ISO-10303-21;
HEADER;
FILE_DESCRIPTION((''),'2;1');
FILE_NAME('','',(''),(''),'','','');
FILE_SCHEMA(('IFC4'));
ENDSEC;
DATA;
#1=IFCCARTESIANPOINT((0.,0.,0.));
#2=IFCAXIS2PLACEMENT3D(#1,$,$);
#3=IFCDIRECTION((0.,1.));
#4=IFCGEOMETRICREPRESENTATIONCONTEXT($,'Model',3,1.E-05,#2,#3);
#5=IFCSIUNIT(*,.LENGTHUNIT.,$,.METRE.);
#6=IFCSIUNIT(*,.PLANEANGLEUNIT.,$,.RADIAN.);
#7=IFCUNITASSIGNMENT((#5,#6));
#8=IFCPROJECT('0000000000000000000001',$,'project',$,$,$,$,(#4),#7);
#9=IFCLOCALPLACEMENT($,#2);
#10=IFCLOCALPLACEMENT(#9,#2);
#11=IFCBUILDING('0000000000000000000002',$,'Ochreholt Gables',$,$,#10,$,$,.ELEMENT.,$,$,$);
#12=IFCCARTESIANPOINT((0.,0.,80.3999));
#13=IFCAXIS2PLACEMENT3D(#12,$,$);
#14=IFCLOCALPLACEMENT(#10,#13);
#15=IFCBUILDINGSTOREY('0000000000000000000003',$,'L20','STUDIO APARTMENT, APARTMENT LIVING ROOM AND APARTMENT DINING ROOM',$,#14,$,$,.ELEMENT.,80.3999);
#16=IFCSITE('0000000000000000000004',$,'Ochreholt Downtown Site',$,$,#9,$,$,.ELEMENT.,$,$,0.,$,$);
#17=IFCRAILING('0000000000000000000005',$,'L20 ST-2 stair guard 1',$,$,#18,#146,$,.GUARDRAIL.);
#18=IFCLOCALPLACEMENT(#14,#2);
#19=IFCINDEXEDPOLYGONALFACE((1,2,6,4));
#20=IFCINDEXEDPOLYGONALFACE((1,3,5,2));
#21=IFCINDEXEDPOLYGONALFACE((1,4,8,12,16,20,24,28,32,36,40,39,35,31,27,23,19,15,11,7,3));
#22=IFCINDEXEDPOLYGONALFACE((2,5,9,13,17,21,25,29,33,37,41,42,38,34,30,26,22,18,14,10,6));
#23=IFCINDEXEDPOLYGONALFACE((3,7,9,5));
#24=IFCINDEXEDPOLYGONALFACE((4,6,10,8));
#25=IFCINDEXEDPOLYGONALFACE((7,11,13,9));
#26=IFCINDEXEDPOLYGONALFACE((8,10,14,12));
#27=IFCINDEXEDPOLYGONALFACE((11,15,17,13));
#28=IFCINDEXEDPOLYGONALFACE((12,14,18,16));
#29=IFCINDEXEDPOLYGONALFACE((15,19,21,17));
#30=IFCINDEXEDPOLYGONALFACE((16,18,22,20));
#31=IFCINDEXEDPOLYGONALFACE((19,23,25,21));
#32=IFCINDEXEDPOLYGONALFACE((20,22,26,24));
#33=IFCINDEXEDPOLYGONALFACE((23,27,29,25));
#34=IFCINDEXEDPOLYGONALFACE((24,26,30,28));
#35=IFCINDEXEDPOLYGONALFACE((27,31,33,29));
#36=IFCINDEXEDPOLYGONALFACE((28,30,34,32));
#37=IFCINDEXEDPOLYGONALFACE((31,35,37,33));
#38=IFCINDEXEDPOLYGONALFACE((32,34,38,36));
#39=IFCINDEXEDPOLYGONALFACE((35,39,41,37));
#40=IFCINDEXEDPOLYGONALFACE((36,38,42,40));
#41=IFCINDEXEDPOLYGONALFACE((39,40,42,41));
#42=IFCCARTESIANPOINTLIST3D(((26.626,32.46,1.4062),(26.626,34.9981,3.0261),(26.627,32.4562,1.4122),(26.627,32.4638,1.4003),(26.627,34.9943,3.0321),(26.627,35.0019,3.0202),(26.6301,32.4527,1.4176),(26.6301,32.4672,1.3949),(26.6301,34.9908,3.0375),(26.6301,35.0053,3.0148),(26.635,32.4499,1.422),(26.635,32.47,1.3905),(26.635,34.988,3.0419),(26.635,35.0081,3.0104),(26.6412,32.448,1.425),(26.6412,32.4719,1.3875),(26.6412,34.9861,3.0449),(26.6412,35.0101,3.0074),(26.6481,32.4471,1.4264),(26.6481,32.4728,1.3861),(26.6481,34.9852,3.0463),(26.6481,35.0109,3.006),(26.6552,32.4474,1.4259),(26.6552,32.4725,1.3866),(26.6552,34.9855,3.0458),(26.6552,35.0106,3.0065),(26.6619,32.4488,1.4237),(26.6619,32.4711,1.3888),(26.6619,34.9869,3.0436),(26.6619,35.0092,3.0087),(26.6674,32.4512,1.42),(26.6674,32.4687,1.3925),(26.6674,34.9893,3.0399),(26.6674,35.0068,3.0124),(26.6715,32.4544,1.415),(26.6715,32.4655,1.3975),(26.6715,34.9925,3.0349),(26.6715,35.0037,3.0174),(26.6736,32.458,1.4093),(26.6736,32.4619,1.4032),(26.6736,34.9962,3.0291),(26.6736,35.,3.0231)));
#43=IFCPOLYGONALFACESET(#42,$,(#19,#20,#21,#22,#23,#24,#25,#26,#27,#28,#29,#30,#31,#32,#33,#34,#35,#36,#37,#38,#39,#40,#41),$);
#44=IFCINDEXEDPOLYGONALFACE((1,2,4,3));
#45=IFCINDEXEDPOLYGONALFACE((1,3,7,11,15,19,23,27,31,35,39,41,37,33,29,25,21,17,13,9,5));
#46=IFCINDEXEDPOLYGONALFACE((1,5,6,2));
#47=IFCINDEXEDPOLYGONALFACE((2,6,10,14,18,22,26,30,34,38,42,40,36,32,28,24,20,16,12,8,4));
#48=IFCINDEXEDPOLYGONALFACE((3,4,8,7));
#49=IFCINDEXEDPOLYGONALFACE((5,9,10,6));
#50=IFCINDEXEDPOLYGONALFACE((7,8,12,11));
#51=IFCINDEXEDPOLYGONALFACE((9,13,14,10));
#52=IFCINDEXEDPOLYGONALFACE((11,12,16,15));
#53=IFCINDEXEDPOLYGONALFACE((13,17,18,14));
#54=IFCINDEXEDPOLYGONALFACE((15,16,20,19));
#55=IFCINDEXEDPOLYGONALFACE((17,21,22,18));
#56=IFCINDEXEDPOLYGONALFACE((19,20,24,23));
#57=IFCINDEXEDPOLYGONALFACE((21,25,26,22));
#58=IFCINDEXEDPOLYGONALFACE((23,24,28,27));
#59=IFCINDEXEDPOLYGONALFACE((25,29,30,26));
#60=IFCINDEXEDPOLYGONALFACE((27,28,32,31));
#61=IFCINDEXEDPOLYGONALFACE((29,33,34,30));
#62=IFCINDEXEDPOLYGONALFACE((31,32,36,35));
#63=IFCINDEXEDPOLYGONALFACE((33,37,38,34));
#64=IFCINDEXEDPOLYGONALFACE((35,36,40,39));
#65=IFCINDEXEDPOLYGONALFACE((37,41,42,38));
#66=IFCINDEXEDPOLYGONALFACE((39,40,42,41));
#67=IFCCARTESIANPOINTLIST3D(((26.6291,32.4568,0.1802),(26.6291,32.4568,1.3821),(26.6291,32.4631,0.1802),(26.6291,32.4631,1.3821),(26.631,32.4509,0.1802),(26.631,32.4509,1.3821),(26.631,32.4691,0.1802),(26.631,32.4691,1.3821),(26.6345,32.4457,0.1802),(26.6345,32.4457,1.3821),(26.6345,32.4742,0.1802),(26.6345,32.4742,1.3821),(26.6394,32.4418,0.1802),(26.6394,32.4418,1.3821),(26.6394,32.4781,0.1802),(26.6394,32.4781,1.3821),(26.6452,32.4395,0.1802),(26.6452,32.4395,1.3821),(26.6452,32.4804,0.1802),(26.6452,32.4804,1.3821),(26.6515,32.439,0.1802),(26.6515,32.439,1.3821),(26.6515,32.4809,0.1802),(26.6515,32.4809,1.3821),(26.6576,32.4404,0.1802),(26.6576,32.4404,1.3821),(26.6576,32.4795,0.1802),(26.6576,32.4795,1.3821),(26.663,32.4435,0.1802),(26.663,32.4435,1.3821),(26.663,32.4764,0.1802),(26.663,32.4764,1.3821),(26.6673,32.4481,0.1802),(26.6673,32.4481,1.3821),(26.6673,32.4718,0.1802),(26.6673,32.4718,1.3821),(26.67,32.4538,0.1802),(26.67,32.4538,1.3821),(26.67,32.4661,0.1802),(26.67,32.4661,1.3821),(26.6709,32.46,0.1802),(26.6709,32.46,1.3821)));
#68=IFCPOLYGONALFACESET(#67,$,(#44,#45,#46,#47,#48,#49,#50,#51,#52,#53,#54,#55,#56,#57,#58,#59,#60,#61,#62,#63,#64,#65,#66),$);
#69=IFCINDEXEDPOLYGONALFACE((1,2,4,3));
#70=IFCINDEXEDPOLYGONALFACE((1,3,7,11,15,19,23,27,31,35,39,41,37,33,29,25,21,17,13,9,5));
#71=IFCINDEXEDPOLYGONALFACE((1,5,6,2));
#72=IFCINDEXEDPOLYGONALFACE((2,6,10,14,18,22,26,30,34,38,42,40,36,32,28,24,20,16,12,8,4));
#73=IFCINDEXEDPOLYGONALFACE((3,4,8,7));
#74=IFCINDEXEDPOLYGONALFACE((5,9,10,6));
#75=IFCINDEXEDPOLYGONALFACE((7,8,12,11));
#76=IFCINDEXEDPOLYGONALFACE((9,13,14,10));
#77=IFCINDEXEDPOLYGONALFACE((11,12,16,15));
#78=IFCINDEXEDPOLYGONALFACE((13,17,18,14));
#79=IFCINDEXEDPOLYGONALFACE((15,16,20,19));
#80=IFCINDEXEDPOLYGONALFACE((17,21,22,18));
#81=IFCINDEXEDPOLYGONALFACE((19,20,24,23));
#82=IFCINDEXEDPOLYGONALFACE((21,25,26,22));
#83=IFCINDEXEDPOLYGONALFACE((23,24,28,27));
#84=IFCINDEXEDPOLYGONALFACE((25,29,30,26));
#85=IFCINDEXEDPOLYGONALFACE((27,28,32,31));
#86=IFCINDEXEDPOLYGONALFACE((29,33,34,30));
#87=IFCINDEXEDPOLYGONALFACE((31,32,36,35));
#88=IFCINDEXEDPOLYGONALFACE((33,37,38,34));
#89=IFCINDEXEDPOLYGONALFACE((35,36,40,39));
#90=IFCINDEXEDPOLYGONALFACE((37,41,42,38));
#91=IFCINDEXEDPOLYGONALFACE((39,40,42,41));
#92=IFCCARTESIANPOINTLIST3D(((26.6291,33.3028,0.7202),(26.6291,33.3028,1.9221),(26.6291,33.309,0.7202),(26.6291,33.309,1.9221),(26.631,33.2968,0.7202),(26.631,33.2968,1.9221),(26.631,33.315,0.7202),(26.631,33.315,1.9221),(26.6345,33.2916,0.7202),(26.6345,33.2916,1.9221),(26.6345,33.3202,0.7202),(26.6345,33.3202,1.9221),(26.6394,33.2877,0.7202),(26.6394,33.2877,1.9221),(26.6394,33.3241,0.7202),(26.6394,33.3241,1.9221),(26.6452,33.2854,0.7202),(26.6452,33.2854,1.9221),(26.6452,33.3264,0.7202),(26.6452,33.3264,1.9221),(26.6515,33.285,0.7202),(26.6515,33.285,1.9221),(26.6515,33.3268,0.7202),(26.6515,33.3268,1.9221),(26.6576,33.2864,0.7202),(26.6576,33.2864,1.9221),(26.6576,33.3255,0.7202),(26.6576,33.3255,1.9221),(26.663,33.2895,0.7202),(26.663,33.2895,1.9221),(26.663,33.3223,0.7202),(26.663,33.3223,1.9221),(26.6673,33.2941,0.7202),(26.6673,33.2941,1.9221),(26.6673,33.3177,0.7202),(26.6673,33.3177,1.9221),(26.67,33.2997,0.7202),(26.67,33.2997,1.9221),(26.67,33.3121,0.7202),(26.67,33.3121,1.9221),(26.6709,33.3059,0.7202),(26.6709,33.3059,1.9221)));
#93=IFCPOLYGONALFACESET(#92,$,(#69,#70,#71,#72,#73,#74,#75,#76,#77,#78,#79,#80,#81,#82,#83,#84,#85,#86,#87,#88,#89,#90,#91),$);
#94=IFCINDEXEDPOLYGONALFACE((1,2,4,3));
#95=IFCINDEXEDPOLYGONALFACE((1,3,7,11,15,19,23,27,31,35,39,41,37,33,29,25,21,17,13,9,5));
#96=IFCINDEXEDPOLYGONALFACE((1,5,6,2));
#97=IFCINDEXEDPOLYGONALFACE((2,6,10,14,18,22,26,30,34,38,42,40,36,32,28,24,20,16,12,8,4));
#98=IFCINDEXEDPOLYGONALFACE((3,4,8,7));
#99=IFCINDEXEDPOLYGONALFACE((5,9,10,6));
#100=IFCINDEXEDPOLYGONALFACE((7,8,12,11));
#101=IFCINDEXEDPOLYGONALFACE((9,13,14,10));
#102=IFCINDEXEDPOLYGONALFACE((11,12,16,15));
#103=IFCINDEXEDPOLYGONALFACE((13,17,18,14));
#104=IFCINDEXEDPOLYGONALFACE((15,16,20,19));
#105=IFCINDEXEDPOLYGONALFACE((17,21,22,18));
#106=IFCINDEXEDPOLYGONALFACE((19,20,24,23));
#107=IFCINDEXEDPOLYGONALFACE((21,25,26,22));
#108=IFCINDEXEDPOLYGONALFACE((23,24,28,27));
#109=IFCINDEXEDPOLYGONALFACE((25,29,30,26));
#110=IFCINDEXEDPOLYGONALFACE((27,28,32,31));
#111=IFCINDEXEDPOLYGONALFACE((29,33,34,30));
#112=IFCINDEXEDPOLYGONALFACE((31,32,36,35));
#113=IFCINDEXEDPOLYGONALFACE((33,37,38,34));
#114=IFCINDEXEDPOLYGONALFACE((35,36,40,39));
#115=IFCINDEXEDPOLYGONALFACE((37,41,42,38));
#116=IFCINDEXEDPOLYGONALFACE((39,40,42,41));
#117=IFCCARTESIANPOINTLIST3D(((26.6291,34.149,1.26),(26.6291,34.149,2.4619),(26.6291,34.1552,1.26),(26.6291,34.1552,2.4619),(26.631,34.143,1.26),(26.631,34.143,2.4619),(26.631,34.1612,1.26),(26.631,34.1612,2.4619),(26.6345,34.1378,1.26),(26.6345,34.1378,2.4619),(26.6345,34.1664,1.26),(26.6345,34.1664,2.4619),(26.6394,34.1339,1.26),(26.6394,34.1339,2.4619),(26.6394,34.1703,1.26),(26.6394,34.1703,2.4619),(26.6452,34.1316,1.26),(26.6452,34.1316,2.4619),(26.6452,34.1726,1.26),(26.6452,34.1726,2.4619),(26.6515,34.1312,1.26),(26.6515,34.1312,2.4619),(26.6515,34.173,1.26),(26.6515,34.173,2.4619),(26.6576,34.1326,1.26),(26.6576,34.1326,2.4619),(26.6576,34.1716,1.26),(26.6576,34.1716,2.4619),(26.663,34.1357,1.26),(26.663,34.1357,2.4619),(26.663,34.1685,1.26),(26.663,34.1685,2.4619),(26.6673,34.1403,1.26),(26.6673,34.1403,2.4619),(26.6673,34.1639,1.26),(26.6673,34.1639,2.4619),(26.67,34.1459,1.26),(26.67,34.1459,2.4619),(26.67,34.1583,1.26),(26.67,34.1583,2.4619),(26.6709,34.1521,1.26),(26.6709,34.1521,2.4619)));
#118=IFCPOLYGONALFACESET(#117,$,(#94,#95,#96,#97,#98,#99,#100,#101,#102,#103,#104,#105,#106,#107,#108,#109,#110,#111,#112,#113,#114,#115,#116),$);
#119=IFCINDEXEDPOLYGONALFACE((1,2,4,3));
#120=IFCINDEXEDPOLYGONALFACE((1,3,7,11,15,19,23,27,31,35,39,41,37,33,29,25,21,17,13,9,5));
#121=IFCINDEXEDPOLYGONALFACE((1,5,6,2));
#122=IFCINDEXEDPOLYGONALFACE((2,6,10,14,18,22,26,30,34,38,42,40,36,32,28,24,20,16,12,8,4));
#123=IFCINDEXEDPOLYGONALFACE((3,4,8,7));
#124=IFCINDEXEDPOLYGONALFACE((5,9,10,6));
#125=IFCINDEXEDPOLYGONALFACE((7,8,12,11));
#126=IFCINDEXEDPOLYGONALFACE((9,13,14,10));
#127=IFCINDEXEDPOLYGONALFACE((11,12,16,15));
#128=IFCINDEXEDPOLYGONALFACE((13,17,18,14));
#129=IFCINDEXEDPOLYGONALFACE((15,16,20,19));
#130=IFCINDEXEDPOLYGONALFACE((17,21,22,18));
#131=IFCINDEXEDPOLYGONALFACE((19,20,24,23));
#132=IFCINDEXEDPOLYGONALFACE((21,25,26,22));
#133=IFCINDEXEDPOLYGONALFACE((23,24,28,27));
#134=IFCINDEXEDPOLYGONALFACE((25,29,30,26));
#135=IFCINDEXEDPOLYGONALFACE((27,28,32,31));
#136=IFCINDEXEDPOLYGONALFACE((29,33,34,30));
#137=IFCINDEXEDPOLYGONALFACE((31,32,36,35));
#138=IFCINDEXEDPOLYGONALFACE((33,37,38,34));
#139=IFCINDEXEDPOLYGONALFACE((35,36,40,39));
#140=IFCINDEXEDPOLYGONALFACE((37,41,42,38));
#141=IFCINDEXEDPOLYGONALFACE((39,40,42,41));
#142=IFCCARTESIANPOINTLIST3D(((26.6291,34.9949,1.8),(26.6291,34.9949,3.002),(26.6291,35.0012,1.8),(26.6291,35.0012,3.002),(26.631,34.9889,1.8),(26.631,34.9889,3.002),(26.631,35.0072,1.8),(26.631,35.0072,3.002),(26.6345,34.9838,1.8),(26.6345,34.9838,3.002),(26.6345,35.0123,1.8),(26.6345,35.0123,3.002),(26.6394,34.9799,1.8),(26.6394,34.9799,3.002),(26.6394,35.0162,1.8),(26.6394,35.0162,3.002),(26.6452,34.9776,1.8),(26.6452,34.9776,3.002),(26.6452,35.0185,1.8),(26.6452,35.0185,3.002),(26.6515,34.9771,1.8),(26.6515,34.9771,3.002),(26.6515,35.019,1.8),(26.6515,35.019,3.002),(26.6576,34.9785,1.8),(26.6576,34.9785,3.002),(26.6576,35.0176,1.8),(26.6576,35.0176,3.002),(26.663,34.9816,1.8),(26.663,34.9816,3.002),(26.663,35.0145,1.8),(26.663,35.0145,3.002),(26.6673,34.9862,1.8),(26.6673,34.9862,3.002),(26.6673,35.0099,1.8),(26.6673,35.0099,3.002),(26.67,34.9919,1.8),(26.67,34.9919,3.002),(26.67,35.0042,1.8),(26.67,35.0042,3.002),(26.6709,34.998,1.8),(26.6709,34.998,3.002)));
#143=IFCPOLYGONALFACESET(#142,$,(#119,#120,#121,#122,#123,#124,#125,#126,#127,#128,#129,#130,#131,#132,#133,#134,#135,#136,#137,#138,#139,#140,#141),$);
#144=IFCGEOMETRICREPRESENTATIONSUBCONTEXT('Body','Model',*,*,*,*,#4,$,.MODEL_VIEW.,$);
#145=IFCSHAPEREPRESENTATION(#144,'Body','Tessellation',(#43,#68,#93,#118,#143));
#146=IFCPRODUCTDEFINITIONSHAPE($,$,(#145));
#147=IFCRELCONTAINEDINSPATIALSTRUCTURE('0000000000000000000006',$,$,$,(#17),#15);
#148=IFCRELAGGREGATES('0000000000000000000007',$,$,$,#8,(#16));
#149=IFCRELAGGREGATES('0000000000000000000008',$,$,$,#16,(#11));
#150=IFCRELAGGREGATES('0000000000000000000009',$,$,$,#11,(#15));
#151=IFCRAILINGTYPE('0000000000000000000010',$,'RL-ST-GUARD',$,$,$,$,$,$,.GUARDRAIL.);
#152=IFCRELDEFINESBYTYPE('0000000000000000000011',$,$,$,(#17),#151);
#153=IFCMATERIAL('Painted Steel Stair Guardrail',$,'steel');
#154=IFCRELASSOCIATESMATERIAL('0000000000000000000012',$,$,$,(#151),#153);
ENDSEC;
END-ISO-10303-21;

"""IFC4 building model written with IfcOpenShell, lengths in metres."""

from ifc_helpers import new_model, si_unit, direction, frame, origin, origin_2d, place, context, subcontext, project, spatial, circle, extrude, material, type_object, element, save


model = new_model("IFC4")

# Units and contexts
model_context = context("Model", 3, precision=1e-05, world=origin(), true_north=direction((0.0, 1.0)))
body_context = subcontext(model_context, "Body", "Model", "MODEL_VIEW")
ifc_project = project(units=[si_unit("LENGTHUNIT", "METRE"), si_unit("PLANEANGLEUNIT", "RADIAN")], contexts=[model_context])

# Site, building, storey
site_placement = place(None, origin())
site = spatial("IfcSite", under=ifc_project, at=site_placement, Name="Ochreholt Downtown Site", CompositionType="ELEMENT", RefElevation=0.0)
building_placement = place(site_placement, origin())
building = spatial("IfcBuilding", under=site, at=building_placement, Name="Ochreholt Gables", CompositionType="ELEMENT")
storey_placement = place(building_placement, frame((0.0, 0.0, 80.3999)))
storey = spatial("IfcBuildingStorey", under=building, at=storey_placement, Name="L20", Description="STUDIO APARTMENT, APARTMENT LIVING ROOM AND APARTMENT DINING ROOM", CompositionType="ELEMENT", Elevation=80.3999)

# Railing
ifc_material_1 = material(Name="Painted Steel Stair Guardrail", Category="steel")
railing_type_1 = type_object("IfcRailingType", Name="RL-ST-GUARD", PredefinedType="GUARDRAIL", material=ifc_material_1)
railing_1_placement = place(storey_placement, frame((26.6499, 32.46, 0.1802)))
element("IfcRailing", 1, at=railing_1_placement, inside=storey, type_object=railing_type_1, Name="L20 ST-2 stair guard 1", PredefinedType="GUARDRAIL", context=body_context, shape_type="SweptSolid", body=[
    extrude(circle(Radius=0.0239, at=origin_2d()), frame((0.0, 0.0, 1.2261), z_axis=(0.0, 0.84295, 0.537993), x_axis=(-1.0, 0.0, 0.0)), (0.0, 0.0, 1.0), 3.011),
    extrude(circle(Radius=0.021, at=origin_2d()), origin(), (0.0, 0.0, 1.0), 1.2019),
    extrude(circle(Radius=0.021, at=origin_2d()), frame((0.0, 0.8459, 0.54)), (0.0, 0.0, 1.0), 1.2019),
    extrude(circle(Radius=0.021, at=origin_2d()), frame((0.0, 1.6921, 1.0798)), (0.0, 0.0, 1.0), 1.2019),
    extrude(circle(Radius=0.021, at=origin_2d()), frame((0.0, 2.5381, 1.6199)), (0.0, 0.0, 1.0), 1.2019),
])

save(model, "model.ifc")
